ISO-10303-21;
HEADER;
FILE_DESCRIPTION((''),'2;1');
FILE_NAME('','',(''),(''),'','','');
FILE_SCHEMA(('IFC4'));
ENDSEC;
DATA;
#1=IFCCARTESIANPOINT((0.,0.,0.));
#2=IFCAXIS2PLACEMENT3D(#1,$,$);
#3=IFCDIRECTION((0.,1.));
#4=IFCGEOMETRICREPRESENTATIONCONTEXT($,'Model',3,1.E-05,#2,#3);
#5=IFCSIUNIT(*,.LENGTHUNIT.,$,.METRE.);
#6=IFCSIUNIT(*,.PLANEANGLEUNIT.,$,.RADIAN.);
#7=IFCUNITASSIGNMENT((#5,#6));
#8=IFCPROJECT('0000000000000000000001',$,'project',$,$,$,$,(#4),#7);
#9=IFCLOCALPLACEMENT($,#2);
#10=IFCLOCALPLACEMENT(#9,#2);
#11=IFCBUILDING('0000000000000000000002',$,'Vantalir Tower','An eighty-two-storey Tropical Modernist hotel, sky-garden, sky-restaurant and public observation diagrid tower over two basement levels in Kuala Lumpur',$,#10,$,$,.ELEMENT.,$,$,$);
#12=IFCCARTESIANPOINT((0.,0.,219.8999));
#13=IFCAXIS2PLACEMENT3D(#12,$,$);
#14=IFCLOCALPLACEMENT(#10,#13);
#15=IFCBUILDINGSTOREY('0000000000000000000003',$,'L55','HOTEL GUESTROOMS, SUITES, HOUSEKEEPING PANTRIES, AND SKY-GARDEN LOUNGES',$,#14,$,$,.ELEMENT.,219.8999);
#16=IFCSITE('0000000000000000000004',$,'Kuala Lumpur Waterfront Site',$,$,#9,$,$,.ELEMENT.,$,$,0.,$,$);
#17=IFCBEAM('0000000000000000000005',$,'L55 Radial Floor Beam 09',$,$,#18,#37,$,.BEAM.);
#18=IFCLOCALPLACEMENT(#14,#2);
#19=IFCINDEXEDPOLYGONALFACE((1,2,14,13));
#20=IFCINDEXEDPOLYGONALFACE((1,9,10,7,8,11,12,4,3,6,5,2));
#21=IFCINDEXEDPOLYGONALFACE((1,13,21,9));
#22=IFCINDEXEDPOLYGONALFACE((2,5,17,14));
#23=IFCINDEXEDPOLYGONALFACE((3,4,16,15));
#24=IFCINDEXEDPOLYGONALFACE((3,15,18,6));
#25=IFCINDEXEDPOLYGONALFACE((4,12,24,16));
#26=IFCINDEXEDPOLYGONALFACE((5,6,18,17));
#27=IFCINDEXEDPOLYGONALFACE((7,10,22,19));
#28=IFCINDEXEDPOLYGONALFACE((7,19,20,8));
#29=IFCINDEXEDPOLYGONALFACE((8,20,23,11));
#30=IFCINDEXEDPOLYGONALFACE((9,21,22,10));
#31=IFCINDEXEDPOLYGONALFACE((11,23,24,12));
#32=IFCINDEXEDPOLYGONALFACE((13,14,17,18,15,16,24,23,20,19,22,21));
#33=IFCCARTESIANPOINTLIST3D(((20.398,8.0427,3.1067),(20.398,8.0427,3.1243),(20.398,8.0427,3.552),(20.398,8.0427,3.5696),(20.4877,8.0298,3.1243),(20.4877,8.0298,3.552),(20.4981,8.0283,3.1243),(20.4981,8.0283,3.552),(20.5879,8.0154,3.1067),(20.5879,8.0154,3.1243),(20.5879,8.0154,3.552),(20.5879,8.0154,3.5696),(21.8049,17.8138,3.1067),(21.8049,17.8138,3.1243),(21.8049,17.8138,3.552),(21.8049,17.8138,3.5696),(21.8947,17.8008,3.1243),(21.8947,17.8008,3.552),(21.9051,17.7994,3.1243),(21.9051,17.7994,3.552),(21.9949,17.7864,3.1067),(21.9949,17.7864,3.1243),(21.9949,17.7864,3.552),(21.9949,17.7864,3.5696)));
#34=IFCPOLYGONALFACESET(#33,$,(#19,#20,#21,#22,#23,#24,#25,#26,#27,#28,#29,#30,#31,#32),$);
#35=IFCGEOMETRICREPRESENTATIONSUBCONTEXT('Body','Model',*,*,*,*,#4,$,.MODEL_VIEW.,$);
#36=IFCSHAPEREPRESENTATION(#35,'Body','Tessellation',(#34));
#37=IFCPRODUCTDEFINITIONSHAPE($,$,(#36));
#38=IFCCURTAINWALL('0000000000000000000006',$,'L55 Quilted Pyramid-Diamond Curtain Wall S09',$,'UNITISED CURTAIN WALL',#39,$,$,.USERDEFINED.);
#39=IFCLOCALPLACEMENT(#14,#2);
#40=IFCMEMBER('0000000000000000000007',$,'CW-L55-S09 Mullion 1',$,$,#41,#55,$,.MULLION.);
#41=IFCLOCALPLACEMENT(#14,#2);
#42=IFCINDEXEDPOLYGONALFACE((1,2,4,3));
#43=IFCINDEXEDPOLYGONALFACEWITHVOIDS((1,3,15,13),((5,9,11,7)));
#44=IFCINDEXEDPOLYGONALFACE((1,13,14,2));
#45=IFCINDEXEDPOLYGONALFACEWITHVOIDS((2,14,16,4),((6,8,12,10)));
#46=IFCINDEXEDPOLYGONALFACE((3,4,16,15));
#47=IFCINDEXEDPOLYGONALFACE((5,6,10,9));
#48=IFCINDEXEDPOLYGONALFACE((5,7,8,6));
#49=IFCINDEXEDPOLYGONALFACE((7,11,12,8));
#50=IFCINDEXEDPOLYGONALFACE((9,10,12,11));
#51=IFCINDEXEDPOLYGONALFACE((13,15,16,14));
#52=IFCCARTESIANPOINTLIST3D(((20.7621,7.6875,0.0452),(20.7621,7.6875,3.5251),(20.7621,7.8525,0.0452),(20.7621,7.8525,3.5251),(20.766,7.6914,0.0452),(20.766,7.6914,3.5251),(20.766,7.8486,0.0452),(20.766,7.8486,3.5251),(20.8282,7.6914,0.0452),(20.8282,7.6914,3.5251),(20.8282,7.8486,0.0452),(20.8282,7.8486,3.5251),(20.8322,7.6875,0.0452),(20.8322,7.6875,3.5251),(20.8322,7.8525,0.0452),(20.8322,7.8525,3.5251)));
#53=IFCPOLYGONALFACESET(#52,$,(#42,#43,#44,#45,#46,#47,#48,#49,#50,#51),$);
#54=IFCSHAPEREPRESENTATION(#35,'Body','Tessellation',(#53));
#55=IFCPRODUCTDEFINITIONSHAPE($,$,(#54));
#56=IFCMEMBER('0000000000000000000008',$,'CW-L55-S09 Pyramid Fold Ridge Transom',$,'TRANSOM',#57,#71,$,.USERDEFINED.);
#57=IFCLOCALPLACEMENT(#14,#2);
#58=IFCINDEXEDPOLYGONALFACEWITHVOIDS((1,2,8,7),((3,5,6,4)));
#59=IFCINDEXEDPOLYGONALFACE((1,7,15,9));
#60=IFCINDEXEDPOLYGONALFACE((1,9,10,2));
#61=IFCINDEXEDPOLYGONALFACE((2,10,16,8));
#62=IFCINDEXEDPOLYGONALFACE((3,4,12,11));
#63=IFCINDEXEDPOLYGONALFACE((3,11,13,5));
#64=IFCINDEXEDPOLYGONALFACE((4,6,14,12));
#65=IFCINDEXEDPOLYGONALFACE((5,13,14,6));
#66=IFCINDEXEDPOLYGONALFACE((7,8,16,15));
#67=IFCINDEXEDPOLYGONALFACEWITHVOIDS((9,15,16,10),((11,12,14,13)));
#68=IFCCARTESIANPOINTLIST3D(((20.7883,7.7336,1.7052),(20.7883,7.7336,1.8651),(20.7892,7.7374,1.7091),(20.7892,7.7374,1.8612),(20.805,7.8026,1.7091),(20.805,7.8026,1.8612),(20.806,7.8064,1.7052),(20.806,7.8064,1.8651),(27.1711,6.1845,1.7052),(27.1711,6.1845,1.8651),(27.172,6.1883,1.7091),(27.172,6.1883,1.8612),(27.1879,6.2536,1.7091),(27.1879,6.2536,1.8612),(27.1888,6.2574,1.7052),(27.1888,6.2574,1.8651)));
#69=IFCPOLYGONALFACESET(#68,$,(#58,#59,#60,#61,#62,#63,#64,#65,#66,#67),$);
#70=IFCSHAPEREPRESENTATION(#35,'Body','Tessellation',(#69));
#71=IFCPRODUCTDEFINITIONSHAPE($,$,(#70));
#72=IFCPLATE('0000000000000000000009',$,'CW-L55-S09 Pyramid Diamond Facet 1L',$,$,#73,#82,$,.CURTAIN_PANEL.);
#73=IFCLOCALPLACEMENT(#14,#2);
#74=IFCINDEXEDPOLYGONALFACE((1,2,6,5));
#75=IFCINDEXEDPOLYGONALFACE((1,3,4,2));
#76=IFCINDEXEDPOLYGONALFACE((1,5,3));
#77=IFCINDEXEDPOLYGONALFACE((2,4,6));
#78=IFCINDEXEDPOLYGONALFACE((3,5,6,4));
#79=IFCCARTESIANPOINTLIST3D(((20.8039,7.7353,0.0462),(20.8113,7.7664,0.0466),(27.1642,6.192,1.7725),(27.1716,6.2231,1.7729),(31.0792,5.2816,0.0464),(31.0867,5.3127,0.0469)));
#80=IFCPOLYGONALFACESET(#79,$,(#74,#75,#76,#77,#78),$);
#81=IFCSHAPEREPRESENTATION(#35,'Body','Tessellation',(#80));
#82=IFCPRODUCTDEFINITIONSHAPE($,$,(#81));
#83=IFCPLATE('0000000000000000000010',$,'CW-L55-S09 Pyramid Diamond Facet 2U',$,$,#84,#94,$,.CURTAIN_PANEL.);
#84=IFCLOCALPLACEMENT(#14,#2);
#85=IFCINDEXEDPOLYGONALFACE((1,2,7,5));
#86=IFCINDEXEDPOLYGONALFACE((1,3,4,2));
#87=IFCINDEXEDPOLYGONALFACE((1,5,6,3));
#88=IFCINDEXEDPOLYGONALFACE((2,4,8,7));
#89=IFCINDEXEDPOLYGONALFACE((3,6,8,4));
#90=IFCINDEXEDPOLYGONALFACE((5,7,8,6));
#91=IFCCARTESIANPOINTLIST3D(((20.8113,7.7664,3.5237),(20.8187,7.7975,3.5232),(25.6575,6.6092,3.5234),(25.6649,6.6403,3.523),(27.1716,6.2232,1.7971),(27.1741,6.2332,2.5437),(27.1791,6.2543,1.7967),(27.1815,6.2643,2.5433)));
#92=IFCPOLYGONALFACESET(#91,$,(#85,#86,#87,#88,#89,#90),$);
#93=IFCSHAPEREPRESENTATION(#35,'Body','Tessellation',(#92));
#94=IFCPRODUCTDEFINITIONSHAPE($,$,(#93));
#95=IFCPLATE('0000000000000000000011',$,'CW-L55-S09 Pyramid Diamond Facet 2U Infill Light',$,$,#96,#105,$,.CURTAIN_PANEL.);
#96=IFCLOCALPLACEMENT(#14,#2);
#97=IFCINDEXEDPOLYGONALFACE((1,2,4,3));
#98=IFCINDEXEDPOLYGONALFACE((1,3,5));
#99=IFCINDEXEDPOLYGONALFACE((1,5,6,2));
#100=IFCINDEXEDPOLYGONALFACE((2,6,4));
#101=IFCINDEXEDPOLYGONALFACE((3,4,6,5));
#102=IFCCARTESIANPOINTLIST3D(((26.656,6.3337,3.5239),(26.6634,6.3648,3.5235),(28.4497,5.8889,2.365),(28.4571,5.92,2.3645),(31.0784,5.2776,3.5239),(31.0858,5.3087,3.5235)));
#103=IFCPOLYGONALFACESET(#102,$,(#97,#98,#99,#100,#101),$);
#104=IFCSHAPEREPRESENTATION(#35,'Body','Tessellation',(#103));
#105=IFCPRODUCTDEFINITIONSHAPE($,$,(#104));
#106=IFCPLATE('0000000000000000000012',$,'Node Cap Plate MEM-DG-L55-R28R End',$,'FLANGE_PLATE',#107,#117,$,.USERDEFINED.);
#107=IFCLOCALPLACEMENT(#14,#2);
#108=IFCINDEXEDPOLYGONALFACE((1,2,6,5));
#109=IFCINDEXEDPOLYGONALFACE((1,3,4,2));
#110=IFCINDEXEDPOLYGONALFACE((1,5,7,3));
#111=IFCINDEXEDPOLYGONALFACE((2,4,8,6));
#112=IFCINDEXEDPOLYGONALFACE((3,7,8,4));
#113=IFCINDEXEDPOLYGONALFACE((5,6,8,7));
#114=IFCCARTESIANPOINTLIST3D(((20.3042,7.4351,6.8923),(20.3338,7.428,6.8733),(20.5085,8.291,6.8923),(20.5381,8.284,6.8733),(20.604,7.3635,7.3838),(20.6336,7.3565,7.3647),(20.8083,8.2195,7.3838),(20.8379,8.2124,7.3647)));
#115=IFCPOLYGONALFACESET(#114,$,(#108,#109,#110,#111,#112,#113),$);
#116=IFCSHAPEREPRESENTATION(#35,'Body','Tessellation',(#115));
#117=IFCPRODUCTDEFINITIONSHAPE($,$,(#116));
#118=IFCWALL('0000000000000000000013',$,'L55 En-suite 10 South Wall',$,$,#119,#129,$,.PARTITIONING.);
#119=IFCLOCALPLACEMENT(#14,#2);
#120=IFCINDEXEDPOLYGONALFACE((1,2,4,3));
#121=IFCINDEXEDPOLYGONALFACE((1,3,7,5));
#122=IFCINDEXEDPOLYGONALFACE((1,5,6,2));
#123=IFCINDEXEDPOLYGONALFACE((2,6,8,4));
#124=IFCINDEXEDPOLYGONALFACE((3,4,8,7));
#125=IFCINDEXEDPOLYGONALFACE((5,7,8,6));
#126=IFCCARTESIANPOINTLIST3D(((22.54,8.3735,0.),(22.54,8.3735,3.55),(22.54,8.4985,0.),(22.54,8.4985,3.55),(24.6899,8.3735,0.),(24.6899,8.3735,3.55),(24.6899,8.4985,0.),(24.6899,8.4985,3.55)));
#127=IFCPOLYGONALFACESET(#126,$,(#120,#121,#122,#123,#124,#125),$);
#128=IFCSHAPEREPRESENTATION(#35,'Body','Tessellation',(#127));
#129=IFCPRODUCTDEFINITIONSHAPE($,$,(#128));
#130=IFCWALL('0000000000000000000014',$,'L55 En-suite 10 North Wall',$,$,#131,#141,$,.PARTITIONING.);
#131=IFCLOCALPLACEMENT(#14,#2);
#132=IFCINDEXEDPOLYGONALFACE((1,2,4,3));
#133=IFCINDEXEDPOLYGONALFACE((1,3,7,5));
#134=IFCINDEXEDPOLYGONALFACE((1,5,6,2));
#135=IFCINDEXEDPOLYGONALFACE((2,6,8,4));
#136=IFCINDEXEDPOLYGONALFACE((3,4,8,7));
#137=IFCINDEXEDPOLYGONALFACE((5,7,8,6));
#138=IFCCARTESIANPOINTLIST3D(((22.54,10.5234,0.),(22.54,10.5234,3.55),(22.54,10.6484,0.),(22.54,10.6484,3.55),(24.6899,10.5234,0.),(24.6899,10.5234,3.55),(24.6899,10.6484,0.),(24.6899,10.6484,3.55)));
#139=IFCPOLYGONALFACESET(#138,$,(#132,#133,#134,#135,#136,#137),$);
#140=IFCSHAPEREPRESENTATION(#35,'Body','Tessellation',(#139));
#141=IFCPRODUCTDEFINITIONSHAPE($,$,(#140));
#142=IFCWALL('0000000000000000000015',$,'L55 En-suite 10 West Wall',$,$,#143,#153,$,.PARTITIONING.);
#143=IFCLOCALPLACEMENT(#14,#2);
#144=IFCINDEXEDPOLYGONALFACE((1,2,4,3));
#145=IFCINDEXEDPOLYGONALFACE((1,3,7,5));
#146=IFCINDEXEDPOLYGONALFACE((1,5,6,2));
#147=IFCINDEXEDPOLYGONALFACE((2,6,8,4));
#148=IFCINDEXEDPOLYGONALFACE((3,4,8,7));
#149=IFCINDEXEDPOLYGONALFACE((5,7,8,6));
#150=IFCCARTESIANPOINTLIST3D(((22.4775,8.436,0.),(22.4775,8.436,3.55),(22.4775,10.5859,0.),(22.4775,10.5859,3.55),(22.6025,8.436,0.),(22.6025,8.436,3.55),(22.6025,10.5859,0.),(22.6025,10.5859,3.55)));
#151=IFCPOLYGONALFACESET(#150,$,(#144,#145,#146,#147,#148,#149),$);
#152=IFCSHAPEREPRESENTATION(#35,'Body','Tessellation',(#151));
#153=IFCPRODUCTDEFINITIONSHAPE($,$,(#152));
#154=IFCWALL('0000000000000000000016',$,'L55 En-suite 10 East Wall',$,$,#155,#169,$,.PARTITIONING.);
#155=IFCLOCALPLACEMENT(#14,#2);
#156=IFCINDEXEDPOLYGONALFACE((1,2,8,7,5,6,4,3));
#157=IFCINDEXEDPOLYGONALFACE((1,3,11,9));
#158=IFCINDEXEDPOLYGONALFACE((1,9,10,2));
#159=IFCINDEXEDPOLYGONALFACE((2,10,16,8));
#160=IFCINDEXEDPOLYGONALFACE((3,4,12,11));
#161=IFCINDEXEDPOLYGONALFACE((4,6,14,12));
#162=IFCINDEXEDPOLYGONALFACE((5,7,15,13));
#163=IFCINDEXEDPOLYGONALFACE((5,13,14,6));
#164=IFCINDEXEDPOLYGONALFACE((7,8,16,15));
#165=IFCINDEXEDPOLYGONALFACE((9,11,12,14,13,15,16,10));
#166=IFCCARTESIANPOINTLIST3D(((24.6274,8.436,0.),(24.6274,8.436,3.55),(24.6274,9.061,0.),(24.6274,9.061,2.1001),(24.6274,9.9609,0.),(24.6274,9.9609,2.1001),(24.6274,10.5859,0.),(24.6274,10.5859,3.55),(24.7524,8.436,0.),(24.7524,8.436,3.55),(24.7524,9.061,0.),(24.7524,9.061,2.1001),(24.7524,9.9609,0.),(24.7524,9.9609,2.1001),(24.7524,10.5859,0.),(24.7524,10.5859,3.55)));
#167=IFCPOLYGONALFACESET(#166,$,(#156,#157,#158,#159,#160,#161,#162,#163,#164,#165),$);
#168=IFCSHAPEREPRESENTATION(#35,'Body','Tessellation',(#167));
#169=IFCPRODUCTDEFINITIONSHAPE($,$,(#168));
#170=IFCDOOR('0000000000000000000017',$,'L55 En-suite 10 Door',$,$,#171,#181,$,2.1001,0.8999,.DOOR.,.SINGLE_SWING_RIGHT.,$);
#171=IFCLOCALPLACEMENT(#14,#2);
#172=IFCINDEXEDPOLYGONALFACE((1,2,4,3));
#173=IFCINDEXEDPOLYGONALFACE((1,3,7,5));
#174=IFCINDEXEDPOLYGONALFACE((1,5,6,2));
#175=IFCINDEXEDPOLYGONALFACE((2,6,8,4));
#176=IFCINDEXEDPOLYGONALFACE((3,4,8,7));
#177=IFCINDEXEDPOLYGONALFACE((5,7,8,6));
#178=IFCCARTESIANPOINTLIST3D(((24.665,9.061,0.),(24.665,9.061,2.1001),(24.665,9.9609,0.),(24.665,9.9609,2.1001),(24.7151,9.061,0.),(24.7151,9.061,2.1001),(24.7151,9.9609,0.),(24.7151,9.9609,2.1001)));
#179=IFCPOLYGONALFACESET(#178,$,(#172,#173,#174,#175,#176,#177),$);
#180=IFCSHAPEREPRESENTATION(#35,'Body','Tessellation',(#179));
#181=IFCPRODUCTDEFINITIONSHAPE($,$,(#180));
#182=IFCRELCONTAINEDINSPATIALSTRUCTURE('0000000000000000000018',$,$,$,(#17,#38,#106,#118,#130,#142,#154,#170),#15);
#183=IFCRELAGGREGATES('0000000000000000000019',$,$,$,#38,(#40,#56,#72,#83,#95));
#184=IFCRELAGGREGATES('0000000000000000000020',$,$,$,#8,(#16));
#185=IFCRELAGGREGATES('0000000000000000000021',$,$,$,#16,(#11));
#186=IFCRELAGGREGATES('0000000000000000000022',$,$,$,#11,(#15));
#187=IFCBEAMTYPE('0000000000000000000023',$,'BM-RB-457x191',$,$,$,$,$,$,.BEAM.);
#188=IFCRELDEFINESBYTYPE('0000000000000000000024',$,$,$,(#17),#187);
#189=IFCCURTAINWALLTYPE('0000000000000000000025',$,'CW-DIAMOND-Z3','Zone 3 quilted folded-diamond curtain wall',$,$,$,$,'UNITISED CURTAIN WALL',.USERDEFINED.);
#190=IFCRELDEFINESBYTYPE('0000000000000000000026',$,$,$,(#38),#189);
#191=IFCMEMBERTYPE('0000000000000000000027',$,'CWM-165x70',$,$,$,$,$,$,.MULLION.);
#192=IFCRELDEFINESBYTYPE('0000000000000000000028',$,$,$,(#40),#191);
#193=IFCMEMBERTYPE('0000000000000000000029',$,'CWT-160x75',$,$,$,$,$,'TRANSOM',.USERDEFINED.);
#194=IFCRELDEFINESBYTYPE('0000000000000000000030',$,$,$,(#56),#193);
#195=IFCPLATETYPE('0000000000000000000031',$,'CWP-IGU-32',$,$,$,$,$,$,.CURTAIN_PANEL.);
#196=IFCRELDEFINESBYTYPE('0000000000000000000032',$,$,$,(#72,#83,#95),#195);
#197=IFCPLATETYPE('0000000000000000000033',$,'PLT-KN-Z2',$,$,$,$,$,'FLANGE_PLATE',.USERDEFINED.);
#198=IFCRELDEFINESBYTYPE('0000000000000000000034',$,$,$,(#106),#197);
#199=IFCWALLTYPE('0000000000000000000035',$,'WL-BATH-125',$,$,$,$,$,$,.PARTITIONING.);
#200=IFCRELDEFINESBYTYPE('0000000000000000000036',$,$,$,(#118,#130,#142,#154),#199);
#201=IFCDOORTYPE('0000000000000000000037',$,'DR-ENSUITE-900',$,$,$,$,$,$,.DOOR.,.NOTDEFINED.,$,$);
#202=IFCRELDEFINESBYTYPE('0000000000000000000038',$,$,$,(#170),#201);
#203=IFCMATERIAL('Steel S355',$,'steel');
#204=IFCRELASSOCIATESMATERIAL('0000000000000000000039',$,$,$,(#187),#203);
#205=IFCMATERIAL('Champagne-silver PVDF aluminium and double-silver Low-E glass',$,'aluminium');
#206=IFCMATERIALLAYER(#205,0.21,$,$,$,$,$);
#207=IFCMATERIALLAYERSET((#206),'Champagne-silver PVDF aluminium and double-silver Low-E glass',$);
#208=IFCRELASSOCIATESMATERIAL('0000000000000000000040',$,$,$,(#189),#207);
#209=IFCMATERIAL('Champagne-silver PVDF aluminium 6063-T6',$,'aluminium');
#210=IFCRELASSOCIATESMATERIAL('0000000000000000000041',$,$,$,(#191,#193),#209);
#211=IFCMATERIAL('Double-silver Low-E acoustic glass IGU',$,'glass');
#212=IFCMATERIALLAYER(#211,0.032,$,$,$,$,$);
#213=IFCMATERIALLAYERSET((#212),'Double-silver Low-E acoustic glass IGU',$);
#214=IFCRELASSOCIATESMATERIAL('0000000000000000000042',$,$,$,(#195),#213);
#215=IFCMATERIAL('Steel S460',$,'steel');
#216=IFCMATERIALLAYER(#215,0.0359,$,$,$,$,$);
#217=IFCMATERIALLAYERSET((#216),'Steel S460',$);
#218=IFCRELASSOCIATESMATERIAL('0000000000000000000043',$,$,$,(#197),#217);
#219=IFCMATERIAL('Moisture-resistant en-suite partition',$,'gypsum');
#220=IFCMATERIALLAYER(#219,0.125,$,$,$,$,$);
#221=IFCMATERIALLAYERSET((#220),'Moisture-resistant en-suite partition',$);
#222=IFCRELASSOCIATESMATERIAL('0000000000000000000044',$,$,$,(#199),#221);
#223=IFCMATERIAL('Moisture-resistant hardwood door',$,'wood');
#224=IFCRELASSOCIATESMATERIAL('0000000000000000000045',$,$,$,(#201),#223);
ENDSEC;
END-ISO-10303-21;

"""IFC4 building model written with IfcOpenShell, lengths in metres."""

from ifc_helpers import new_model, si_unit, direction, frame, frame_2d, origin, origin_2d, place, context, subcontext, project, spatial, polyline, rectangle, hollow_rectangle, i_section, outline, extrude, material, layer, layer_set, material_profile, profile_set, type_object, element, fill, aggregate, save


model = new_model("IFC4")

# Units and contexts
model_context = context("Model", 3, precision=1e-05, world=origin(), true_north=direction((0.0, 1.0)))
body_context = subcontext(model_context, "Body", "Model", "MODEL_VIEW")
ifc_project = project(units=[si_unit("LENGTHUNIT", "METRE"), si_unit("PLANEANGLEUNIT", "RADIAN")], contexts=[model_context])

# Site, building, storey
site_placement = place(None, origin())
site = spatial("IfcSite", under=ifc_project, at=site_placement, Name="Kuala Lumpur Waterfront Site", CompositionType="ELEMENT", RefElevation=0.0)
building_placement = place(site_placement, origin())
building = spatial("IfcBuilding", under=site, at=building_placement, Name="Vantalir Tower", Description="An eighty-two-storey Tropical Modernist hotel, sky-garden, sky-restaurant and public observation diagrid tower over two basement levels in Kuala Lumpur", CompositionType="ELEMENT")
storey_placement = place(building_placement, frame((0.0, 0.0, 219.8999)))
storey = spatial("IfcBuildingStorey", under=building, at=storey_placement, Name="L55", Description="HOTEL GUESTROOMS, SUITES, HOUSEKEEPING PANTRIES, AND SKY-GARDEN LOUNGES", CompositionType="ELEMENT", Elevation=219.8999)

# Beam
ifc_material_1 = material(Name="Steel S355", Category="steel")
ifc_material_profile_1 = material_profile(ifc_material_1, i_section(OverallWidth=0.1919, OverallDepth=0.4629, WebThickness=0.0105, FlangeThickness=0.0176, at=origin_2d()), Name="Steel S355")
ifc_profile_set_1 = profile_set([ifc_material_profile_1], Name="Steel S355")
beam_type = type_object("IfcBeamType", Name="BM-RB-457x191", PredefinedType="BEAM", material=ifc_profile_set_1)
beam_placement = place(storey_placement, frame((20.4929, 8.0291, 3.3381), z_axis=(0.142526, 0.989791, 0.0), x_axis=(-0.989791, 0.142526, 0.0)))
element("IfcBeam", 1, at=beam_placement, inside=storey, type_object=beam_type, Name="L55 Radial Floor Beam 09", PredefinedType="BEAM", context=body_context, shape_type="SweptSolid", body=[
    extrude(i_section(OverallWidth=0.1919, OverallDepth=0.4629, WebThickness=0.0105, FlangeThickness=0.0176, at=origin_2d()), origin(), (0.0, 0.0, 1.0), 9.8718),
])

# Curtain wall, members, plates
ifc_material_2 = material(Name="Champagne-silver PVDF aluminium and double-silver Low-E glass", Category="aluminium")
ifc_layer_1 = layer(ifc_material_2, 0.21)
ifc_layer_set_1 = layer_set([ifc_layer_1], Name="Champagne-silver PVDF aluminium and double-silver Low-E glass")
curtain_wall_type = type_object("IfcCurtainWallType", Name="CW-DIAMOND-Z3", Description="Zone 3 quilted folded-diamond curtain wall", ElementType="UNITISED CURTAIN WALL", PredefinedType="USERDEFINED", material=ifc_layer_set_1)
curtain_wall_placement = place(storey_placement, origin())
curtain_wall = element("IfcCurtainWall", 2, at=curtain_wall_placement, inside=storey, type_object=curtain_wall_type, Name="L55 Quilted Pyramid-Diamond Curtain Wall S09", ObjectType="UNITISED CURTAIN WALL", PredefinedType="USERDEFINED")
ifc_material_3 = material(Name="Champagne-silver PVDF aluminium 6063-T6", Category="aluminium")
ifc_material_profile_2 = material_profile(ifc_material_3, hollow_rectangle(XDim=0.0701, YDim=0.165, WallThickness=0.0039, at=origin_2d()), Name="Champagne-silver PVDF aluminium 6063-T6")
ifc_profile_set_2 = profile_set([ifc_material_profile_2], Name="Champagne-silver PVDF aluminium 6063-T6")
member_type_1 = type_object("IfcMemberType", Name="CWM-165x70", PredefinedType="MULLION", material=ifc_profile_set_2)
member_1_placement = place(storey_placement, frame((20.7971, 7.77, 0.0452), z_axis=(0.0, 0.0, 1.0), x_axis=(1.0, 0.0, 0.0)))
member_1 = element("IfcMember", 3, at=member_1_placement, type_object=member_type_1, Name="CW-L55-S09 Mullion 1", PredefinedType="MULLION", context=body_context, shape_type="SweptSolid", body=[
    extrude(hollow_rectangle(XDim=0.0701, YDim=0.165, WallThickness=0.0039, at=origin_2d()), origin(), (0.0, 0.0, 1.0), 3.48),
])
ifc_material_profile_3 = material_profile(ifc_material_3, hollow_rectangle(XDim=0.075, YDim=0.1599, WallThickness=0.0039, at=origin_2d()), Name="Champagne-silver PVDF aluminium 6063-T6")
ifc_profile_set_3 = profile_set([ifc_material_profile_3], Name="Champagne-silver PVDF aluminium 6063-T6")
member_type_2 = type_object("IfcMemberType", Name="CWT-160x75", ElementType="TRANSOM", PredefinedType="USERDEFINED", material=ifc_profile_set_3)
member_2_placement = place(storey_placement, frame((20.7971, 7.77, 1.7852), z_axis=(0.97179, -0.235848, 0.0), x_axis=(0.235848, 0.97179, 0.0)))
member_2 = element("IfcMember", 4, at=member_2_placement, type_object=member_type_2, Name="CW-L55-S09 Pyramid Fold Ridge Transom", ObjectType="TRANSOM", PredefinedType="USERDEFINED", context=body_context, shape_type="SweptSolid", body=[
    extrude(hollow_rectangle(XDim=0.075, YDim=0.1599, WallThickness=0.0039, at=origin_2d()), origin(), (0.0, 0.0, 1.0), 6.5681),
])
ifc_material_4 = material(Name="Double-silver Low-E acoustic glass IGU", Category="glass")
ifc_layer_2 = layer(ifc_material_4, 0.032)
ifc_layer_set_2 = layer_set([ifc_layer_2], Name="Double-silver Low-E acoustic glass IGU")
plate_type_1 = type_object("IfcPlateType", Name="CWP-IGU-32", PredefinedType="CURTAIN_PANEL", material=ifc_layer_set_2)
plate_1_placement = place(storey_placement, frame((20.8113, 7.7664, 0.0466), z_axis=(0.232233, 0.972563, 0.013778), x_axis=(0.972655, -0.232256, 0.000023)))
plate_1 = element("IfcPlate", 5, at=plate_1_placement, type_object=plate_type_1, Name="CW-L55-S09 Pyramid Diamond Facet 1L", PredefinedType="CURTAIN_PANEL", context=body_context, shape_type="SweptSolid", body=[
    extrude(outline(polyline([(0.0, 0.0), (10.5643, 0.0), (6.5449, -1.7263), (0.0, 0.0)])), origin(), (0.0, 0.0, -1.0), 0.032),
])
plate_2_placement = place(storey_placement, frame((20.8113, 7.7664, 3.5237), z_axis=(-0.232233, -0.972563, 0.013762), x_axis=(0.972655, -0.232256, -0.000049)))
plate_2 = element("IfcPlate", 6, at=plate_2_placement, type_object=plate_type_1, Name="CW-L55-S09 Pyramid Diamond Facet 2U", PredefinedType="CURTAIN_PANEL", context=body_context, shape_type="SweptSolid", body=[
    extrude(outline(polyline([(0.0, 0.0), (4.9824, 0.0), (6.5449, -0.9798), (6.5449, -1.7264), (0.0, 0.0)])), origin(), (0.0, 0.0, -1.0), 0.032),
])
plate_3_placement = place(storey_placement, frame((26.656, 6.3337, 3.5239), z_axis=(-0.232266, -0.972554, 0.013805), x_axis=(0.972647, -0.232288, 0.0)))
plate_3 = element("IfcPlate", 7, at=plate_3_placement, type_object=plate_type_1, Name="CW-L55-S09 Pyramid Diamond Facet 2U Infill Light", PredefinedType="CURTAIN_PANEL", context=body_context, shape_type="SweptSolid", body=[
    extrude(outline(polyline([(0.0, 0.0), (4.5467, 0.0), (1.848, -1.159), (0.0, 0.0)])), origin(), (0.0, 0.0, -1.0), 0.032),
])
aggregate(curtain_wall, [member_1, member_2, plate_1, plate_2, plate_3])

# Plate
ifc_material_5 = material(Name="Steel S460", Category="steel")
ifc_layer_3 = layer(ifc_material_5, 0.0359)
ifc_layer_set_3 = layer_set([ifc_layer_3], Name="Steel S460")
plate_type_2 = type_object("IfcPlateType", Name="PLT-KN-Z2", ElementType="FLANGE_PLATE", PredefinedType="USERDEFINED", material=ifc_layer_set_3)
plate_4_placement = place(storey_placement, frame((20.5085, 8.291, 6.8923), z_axis=(-0.824019, 0.196721, 0.531314), x_axis=(-0.232208, -0.972666, 0.0)))
element("IfcPlate", 8, at=plate_4_placement, inside=storey, type_object=plate_type_2, Name="Node Cap Plate MEM-DG-L55-R28R End", ObjectType="FLANGE_PLATE", PredefinedType="USERDEFINED", context=body_context, shape_type="SweptSolid", body=[
    extrude(outline(polyline([(0.0, 0.0), (0.88, 0.0), (0.88, 0.5801), (0.0, 0.5801), (0.0, 0.0)])), origin(), (0.0, 0.0, -1.0), 0.0359),
])

# Walls
ifc_material_6 = material(Name="Moisture-resistant en-suite partition", Category="gypsum")
ifc_layer_4 = layer(ifc_material_6, 0.125)
ifc_layer_set_4 = layer_set([ifc_layer_4], Name="Moisture-resistant en-suite partition")
wall_type_1 = type_object("IfcWallType", Name="WL-BATH-125", PredefinedType="PARTITIONING", material=ifc_layer_set_4)
for number, where, z_axis, x_axis, name in (
    (9, (22.54, 8.436, 0.0), (0.0, 0.0, 1.0), (1.0, 0.0, 0.0), "L55 En-suite 10 South Wall"),
    (10, (22.54, 10.5859, 0.0), (0.0, 0.0, 1.0), (1.0, 0.0, 0.0), "L55 En-suite 10 North Wall"),
    (11, (22.54, 8.436, 0.0), (0.0, 0.0, 1.0), (0.0, 1.0, 0.0), "L55 En-suite 10 West Wall"),
):
    element("IfcWall", number, at=place(storey_placement, frame(where, z_axis=z_axis, x_axis=x_axis)), inside=storey, type_object=wall_type_1, Name=name, PredefinedType="PARTITIONING", context=body_context, shape_type="SweptSolid", body=[
        extrude(rectangle(XDim=2.1499, YDim=0.125, at=frame_2d((1.075, 0.0))), origin(), (0.0, 0.0, 1.0), 3.55),
    ])

# Wall, opening, door
wall_1_placement = place(storey_placement, frame((24.6899, 8.436, 0.0), z_axis=(0.0, 0.0, 1.0), x_axis=(0.0, 1.0, 0.0)))
wall_1 = element("IfcWall", 12, at=wall_1_placement, inside=storey, type_object=wall_type_1, Name="L55 En-suite 10 East Wall", PredefinedType="PARTITIONING", context=body_context, shape_type="SweptSolid", body=[
    extrude(rectangle(XDim=2.1499, YDim=0.125, at=frame_2d((1.075, 0.0))), origin(), (0.0, 0.0, 1.0), 3.55),
])
opening_1_placement = place(wall_1_placement, frame((0.625, 0.0, 0.0)))
opening_1 = element("IfcOpeningElement", 13, at=opening_1_placement, cuts=wall_1, PredefinedType="OPENING", context=body_context, shape_type="SweptSolid", body=[
    extrude(rectangle(XDim=0.8999, YDim=2.1001, at=frame_2d((0.45, 1.05))), frame((0.0, 0.0725, 0.0), z_axis=(0.0, -1.0, 0.0), x_axis=(1.0, 0.0, 0.0)), (0.0, 0.0, 1.0), 0.145),
])
ifc_material_7 = material(Name="Moisture-resistant hardwood door", Category="wood")
door_type_1 = type_object("IfcDoorType", Name="DR-ENSUITE-900", OperationType="NOTDEFINED", PredefinedType="DOOR", material=ifc_material_7)
door_1_placement = place(opening_1_placement, origin())
door_1 = element("IfcDoor", 14, at=door_1_placement, inside=storey, type_object=door_type_1, Name="L55 En-suite 10 Door", OperationType="SINGLE_SWING_RIGHT", OverallHeight=2.1001, OverallWidth=0.8999, PredefinedType="DOOR", context=body_context, shape_type="SweptSolid", body=[
    extrude(rectangle(XDim=0.8999, YDim=2.1001, at=frame_2d((0.45, 1.05))), frame((0.0, 0.0249, 0.0), z_axis=(0.0, -1.0, 0.0), x_axis=(1.0, 0.0, 0.0)), (0.0, 0.0, 1.0), 0.05),
])
fill(opening_1, door_1)

save(model, "model.ifc")
